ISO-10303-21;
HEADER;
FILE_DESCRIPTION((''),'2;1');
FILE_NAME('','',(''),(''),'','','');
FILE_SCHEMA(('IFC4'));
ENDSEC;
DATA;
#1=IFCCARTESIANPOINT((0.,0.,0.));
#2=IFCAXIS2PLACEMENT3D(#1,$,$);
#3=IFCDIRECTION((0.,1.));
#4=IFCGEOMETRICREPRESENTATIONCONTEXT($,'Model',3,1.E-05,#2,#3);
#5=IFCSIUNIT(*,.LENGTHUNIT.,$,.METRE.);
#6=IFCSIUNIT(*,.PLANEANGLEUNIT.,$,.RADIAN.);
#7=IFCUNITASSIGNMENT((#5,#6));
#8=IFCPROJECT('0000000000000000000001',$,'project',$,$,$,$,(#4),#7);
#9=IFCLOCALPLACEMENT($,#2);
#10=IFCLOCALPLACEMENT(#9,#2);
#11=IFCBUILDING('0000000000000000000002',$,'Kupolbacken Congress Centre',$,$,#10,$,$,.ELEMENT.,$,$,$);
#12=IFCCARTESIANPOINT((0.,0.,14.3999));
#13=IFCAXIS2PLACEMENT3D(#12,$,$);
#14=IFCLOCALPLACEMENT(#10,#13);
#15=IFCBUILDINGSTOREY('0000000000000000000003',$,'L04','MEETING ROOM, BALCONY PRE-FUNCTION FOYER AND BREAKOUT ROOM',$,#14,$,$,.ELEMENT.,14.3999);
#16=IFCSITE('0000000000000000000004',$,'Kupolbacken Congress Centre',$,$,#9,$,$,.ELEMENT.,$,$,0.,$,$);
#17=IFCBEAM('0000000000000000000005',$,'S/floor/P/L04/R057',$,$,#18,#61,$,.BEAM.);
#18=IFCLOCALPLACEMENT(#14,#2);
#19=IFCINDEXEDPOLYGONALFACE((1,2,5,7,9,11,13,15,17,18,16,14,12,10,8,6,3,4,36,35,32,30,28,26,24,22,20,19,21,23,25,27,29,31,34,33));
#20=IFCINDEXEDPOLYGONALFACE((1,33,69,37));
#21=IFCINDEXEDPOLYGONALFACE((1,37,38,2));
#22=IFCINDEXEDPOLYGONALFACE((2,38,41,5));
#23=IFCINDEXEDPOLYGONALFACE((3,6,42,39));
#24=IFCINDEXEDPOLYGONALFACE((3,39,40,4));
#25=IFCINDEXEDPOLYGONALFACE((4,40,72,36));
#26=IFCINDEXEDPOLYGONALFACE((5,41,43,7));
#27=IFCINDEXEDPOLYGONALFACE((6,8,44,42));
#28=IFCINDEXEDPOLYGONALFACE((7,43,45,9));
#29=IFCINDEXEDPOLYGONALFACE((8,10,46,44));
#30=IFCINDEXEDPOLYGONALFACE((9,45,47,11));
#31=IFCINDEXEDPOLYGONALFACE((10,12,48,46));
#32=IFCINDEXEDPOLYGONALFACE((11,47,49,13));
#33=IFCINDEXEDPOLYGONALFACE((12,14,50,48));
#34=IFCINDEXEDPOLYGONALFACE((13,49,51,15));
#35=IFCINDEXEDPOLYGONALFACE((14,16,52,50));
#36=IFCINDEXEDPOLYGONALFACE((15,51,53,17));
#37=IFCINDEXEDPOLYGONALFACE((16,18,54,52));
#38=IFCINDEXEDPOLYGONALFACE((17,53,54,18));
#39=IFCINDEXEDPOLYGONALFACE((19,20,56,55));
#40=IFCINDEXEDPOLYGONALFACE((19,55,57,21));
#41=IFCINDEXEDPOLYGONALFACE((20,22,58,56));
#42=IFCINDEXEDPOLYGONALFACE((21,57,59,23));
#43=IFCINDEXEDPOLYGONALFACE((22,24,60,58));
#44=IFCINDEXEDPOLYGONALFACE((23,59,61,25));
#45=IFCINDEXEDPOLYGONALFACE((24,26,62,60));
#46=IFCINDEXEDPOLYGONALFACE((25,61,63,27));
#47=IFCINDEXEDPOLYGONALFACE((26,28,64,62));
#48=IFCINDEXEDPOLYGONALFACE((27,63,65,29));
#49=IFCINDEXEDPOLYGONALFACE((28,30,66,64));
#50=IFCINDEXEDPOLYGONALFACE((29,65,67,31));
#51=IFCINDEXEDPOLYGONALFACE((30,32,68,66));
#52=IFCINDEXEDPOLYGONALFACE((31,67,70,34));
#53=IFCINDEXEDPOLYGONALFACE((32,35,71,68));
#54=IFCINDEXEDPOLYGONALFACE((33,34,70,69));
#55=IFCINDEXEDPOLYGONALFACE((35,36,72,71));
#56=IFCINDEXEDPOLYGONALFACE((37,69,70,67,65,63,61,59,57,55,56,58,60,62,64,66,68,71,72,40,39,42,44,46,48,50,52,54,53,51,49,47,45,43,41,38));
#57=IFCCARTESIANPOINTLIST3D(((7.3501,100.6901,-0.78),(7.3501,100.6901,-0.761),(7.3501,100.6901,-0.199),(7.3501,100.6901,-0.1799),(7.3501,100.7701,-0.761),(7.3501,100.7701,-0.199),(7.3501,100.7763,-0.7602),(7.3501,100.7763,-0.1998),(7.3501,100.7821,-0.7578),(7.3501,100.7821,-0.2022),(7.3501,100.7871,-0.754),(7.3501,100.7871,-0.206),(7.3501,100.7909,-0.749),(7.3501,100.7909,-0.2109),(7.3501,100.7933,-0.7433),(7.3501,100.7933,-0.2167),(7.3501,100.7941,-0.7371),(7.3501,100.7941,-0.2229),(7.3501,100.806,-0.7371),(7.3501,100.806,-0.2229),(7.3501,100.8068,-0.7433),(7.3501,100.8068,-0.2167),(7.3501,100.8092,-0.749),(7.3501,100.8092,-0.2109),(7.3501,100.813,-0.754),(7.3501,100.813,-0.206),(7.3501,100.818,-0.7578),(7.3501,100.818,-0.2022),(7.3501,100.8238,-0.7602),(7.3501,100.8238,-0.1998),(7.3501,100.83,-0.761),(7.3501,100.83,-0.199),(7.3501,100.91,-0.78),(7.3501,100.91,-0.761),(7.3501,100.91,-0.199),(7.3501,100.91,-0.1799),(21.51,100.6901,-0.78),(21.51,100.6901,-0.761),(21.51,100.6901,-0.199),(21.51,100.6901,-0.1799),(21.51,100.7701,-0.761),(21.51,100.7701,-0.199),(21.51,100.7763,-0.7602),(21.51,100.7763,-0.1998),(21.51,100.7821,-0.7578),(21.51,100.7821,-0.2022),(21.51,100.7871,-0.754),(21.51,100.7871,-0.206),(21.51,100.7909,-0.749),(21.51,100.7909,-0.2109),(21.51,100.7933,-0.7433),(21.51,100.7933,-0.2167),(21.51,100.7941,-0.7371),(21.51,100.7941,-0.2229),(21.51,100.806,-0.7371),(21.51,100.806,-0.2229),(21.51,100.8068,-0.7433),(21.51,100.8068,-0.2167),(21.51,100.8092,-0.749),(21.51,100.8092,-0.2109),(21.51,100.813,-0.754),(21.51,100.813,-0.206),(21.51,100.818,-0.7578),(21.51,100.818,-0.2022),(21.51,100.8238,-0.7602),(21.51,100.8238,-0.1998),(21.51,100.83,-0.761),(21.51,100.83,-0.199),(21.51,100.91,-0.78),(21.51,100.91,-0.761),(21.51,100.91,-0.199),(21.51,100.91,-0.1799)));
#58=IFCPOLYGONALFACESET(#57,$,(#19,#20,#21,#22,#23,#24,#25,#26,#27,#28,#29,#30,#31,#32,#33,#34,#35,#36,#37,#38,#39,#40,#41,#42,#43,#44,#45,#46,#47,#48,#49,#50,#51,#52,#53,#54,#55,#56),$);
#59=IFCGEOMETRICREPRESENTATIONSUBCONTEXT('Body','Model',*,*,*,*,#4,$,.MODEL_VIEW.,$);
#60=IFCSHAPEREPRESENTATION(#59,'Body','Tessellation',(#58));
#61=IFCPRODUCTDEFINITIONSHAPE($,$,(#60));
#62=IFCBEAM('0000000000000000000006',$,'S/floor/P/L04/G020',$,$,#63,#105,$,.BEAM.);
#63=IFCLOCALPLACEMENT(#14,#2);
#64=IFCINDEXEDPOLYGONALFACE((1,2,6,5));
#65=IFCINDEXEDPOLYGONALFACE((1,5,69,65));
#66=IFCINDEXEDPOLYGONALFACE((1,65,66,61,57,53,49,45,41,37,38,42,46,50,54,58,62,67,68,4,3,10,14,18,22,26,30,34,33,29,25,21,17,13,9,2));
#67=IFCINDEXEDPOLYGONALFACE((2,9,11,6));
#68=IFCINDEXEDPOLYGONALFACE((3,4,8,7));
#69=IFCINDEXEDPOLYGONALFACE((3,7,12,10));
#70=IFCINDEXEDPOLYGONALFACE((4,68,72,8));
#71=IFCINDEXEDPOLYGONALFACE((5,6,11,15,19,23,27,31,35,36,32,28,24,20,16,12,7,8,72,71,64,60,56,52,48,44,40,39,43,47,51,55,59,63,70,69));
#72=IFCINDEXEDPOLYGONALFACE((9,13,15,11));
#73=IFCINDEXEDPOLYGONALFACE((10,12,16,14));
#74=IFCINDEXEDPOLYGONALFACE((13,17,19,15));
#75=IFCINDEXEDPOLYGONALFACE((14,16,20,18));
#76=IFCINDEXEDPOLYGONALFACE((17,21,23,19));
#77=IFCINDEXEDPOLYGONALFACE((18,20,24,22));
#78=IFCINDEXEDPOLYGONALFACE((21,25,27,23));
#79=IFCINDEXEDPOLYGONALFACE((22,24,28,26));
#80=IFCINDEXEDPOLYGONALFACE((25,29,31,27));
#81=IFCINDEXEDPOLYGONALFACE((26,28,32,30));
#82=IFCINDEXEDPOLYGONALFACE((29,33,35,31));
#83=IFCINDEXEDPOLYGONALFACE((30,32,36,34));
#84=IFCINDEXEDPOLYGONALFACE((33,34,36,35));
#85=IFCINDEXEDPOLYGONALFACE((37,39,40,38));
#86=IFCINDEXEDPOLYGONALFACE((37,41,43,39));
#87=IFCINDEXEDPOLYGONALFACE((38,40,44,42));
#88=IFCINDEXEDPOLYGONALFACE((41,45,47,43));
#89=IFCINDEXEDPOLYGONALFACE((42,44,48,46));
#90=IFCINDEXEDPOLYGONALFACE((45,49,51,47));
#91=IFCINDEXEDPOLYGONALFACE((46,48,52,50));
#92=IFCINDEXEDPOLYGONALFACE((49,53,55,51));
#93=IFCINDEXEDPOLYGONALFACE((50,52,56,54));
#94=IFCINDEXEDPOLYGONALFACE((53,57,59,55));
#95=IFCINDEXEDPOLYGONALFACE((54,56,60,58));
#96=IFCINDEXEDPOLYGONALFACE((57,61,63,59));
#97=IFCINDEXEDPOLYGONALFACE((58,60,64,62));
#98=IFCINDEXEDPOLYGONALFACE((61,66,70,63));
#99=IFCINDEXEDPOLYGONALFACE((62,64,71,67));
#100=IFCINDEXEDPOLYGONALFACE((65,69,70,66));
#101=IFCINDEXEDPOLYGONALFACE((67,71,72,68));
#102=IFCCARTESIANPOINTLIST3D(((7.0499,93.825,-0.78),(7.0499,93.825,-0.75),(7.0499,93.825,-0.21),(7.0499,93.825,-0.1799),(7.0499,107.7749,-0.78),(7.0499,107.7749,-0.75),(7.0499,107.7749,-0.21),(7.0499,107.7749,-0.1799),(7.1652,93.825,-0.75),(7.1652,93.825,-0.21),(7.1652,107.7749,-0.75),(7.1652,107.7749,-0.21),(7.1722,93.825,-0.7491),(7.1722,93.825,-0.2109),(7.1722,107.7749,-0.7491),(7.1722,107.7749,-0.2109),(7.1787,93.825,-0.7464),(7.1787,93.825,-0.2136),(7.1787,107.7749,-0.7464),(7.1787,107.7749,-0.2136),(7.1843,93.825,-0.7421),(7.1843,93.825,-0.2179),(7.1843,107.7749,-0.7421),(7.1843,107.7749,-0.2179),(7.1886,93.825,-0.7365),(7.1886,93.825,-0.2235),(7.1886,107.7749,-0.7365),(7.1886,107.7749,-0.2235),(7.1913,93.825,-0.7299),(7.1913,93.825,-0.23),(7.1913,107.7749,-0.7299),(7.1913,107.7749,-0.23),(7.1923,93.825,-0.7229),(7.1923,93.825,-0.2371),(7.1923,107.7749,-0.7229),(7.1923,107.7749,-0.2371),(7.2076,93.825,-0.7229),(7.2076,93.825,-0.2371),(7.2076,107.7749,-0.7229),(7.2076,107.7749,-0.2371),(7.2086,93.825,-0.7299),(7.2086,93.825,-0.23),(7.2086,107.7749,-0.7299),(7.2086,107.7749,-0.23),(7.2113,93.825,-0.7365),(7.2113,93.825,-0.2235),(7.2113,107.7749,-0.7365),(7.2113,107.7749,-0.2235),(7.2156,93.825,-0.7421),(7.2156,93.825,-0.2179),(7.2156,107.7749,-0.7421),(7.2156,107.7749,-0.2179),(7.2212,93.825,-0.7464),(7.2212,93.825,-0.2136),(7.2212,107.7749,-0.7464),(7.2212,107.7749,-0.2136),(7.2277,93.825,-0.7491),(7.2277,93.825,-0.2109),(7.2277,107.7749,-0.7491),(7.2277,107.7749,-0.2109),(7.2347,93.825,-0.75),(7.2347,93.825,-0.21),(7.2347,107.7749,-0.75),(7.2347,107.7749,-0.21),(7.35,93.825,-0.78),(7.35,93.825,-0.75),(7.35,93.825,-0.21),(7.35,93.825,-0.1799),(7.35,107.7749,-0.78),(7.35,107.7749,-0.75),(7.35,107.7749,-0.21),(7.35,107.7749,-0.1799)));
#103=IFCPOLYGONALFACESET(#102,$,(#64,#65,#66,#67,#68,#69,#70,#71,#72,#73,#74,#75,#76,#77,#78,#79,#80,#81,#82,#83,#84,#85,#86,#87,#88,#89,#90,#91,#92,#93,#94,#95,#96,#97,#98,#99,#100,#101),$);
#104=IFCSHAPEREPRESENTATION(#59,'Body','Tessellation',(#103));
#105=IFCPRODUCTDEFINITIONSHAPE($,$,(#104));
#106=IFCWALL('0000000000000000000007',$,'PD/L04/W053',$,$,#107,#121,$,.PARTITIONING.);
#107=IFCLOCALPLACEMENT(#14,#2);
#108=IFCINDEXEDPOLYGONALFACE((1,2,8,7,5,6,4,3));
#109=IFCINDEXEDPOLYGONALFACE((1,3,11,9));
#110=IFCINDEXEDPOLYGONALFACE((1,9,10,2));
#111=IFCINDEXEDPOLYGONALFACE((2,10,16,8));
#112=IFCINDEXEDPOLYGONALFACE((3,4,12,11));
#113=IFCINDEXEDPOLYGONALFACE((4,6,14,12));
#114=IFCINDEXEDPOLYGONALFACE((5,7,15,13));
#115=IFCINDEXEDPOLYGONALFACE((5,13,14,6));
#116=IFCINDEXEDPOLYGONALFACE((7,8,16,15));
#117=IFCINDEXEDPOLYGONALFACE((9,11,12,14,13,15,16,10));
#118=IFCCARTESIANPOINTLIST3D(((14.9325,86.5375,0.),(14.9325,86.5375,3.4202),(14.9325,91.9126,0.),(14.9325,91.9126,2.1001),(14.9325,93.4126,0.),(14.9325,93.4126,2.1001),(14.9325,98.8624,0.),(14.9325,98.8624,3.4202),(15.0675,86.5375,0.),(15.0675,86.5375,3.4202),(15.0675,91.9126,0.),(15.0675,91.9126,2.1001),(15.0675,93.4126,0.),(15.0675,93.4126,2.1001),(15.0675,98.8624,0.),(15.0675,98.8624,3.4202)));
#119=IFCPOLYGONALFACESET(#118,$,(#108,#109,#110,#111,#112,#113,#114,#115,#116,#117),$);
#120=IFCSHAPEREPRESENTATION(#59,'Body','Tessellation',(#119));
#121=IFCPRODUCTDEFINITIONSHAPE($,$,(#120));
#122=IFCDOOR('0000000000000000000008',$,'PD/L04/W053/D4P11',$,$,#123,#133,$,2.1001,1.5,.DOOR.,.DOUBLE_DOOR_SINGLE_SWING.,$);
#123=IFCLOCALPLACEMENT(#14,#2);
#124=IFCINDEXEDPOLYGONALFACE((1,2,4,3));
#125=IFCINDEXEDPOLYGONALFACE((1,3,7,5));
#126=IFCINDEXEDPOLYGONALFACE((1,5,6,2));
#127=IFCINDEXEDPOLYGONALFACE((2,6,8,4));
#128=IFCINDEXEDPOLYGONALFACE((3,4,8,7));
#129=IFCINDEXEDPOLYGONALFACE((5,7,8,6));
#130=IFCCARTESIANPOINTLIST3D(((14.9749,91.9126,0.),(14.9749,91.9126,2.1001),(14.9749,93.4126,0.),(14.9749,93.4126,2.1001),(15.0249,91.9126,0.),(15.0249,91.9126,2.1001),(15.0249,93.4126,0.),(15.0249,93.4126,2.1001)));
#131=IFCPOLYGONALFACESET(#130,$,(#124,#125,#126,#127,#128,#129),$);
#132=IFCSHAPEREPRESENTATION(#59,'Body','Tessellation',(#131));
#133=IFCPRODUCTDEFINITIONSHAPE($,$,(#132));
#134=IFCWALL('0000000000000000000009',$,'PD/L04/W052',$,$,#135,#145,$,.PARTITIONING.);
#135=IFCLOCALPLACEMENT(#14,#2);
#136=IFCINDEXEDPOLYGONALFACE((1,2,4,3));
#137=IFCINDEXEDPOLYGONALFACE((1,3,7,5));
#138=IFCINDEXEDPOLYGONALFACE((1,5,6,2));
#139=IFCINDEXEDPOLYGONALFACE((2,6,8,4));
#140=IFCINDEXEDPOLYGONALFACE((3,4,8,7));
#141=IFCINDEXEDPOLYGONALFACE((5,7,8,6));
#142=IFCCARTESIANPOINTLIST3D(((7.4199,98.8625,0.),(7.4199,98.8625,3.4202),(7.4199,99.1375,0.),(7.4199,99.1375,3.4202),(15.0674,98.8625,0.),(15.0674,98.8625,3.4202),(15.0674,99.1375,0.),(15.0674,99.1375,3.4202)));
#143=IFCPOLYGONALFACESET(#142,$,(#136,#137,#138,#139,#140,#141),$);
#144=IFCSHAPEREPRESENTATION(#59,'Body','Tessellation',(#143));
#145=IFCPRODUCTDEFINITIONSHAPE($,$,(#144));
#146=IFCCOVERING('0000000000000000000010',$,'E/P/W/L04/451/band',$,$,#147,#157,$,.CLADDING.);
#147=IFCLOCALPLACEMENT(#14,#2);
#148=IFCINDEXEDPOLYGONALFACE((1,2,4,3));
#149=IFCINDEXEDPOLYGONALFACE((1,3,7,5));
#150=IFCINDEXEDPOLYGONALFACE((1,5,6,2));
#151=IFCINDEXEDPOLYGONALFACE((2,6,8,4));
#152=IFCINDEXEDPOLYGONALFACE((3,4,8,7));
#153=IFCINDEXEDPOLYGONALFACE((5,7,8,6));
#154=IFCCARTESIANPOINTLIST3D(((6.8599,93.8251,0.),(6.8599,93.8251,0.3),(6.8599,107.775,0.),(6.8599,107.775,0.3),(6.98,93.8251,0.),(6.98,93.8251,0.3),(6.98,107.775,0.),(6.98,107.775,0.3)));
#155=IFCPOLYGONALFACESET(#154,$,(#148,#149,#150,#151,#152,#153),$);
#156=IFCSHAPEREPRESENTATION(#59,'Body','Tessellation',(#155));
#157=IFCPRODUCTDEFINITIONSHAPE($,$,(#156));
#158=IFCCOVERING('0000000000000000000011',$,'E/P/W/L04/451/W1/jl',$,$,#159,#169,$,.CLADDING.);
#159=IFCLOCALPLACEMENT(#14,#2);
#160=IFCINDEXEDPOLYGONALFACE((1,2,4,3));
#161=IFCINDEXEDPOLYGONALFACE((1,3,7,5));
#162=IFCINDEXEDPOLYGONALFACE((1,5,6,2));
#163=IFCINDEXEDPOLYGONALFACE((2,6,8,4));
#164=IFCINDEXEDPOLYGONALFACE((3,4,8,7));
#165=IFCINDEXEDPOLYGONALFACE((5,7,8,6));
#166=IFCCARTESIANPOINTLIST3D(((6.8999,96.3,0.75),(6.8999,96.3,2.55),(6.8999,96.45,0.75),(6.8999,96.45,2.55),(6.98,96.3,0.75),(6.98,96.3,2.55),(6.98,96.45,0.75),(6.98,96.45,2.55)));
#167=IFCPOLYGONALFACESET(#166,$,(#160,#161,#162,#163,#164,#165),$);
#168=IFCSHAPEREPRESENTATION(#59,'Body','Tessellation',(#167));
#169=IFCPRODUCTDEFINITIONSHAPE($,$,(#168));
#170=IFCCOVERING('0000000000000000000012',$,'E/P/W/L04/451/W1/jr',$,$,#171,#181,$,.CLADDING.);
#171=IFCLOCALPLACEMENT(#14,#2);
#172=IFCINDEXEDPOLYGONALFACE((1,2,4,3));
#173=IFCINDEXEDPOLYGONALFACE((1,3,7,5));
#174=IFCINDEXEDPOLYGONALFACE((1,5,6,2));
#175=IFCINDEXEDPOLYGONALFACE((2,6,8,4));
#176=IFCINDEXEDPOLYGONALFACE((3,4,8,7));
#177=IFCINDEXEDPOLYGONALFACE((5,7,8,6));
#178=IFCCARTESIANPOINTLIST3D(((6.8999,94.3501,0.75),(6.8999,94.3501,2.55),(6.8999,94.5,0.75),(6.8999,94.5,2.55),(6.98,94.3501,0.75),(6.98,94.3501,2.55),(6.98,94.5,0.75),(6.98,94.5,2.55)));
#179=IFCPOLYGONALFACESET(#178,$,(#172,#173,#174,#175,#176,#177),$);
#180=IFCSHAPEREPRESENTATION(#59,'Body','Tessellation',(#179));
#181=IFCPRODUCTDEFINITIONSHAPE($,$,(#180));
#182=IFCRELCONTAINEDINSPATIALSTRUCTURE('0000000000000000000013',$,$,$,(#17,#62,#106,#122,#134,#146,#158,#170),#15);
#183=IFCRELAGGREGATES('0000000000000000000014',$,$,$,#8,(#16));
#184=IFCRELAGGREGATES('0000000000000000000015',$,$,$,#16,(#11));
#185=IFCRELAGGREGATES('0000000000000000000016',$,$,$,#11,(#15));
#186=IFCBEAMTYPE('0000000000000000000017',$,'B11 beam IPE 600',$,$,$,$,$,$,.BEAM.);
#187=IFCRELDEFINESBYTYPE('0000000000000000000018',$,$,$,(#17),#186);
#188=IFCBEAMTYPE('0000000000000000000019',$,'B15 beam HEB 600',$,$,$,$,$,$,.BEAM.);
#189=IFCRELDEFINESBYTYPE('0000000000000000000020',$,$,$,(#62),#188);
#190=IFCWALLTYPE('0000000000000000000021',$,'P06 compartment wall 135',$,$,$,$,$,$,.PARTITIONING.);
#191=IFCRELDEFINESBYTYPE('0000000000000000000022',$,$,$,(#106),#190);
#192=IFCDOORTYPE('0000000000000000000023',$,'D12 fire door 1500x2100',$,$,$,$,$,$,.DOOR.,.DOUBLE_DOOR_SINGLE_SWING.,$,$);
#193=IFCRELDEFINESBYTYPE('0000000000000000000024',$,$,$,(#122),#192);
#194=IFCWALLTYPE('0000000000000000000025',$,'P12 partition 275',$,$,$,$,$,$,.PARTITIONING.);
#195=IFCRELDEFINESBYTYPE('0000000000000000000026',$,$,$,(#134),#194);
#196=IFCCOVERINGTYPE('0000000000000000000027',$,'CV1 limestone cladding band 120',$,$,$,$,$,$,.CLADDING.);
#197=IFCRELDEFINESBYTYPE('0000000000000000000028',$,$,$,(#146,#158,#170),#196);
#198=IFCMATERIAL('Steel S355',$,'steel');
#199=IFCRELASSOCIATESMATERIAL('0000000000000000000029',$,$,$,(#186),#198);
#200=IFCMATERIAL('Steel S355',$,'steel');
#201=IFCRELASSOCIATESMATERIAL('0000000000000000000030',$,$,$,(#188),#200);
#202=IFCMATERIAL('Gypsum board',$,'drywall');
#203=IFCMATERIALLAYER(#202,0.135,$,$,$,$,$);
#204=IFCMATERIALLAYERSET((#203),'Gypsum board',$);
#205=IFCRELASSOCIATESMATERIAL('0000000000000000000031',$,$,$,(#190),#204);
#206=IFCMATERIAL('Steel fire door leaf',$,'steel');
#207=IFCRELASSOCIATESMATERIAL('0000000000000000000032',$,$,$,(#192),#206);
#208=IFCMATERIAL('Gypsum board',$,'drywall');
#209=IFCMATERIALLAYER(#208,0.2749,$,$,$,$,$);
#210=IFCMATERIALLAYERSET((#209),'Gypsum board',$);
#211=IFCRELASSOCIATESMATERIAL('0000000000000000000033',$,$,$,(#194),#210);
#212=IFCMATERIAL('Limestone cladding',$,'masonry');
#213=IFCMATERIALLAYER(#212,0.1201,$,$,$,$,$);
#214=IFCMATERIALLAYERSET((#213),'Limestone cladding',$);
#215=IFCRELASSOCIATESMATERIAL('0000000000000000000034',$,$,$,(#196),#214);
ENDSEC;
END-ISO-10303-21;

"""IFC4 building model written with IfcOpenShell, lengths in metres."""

from ifc_helpers import new_model, si_unit, direction, frame, frame_2d, origin, origin_2d, place, context, subcontext, project, spatial, rectangle, i_section, extrude, material, layer, layer_set, material_profile, profile_set, type_object, element, fill, save


model = new_model("IFC4")

# Units and contexts
model_context = context("Model", 3, precision=1e-05, world=origin(), true_north=direction((0.0, 1.0)))
body_context = subcontext(model_context, "Body", "Model", "MODEL_VIEW")
ifc_project = project(units=[si_unit("LENGTHUNIT", "METRE"), si_unit("PLANEANGLEUNIT", "RADIAN")], contexts=[model_context])

# Site, building, storey
site_placement = place(None, origin())
site = spatial("IfcSite", under=ifc_project, at=site_placement, Name="Kupolbacken Congress Centre", CompositionType="ELEMENT", RefElevation=0.0)
building_placement = place(site_placement, origin())
building = spatial("IfcBuilding", under=site, at=building_placement, Name="Kupolbacken Congress Centre", CompositionType="ELEMENT")
storey_placement = place(building_placement, frame((0.0, 0.0, 14.3999)))
storey = spatial("IfcBuildingStorey", under=building, at=storey_placement, Name="L04", Description="MEETING ROOM, BALCONY PRE-FUNCTION FOYER AND BREAKOUT ROOM", CompositionType="ELEMENT", Elevation=14.3999)

# Beams
ifc_material_1 = material(Name="Steel S355", Category="steel")
ifc_material_profile_1 = material_profile(ifc_material_1, i_section(OverallWidth=0.22, OverallDepth=0.6001, WebThickness=0.012, FlangeThickness=0.019, FilletRadius=0.0239, at=origin_2d()), Name="IPE 600")
ifc_profile_set_1 = profile_set([ifc_material_profile_1], Name="Steel S355")
beam_type_1 = type_object("IfcBeamType", Name="B11 beam IPE 600", PredefinedType="BEAM", material=ifc_profile_set_1)
beam_1_placement = place(storey_placement, frame((7.3501, 100.8, -0.48), z_axis=(1.0, 0.0, 0.0), x_axis=(0.0, 1.0, 0.0)))
element("IfcBeam", 1, at=beam_1_placement, inside=storey, type_object=beam_type_1, Name="S/floor/P/L04/R057", PredefinedType="BEAM", context=body_context, shape_type="SweptSolid", body=[
    extrude(i_section(OverallWidth=0.22, OverallDepth=0.6001, WebThickness=0.012, FlangeThickness=0.019, FilletRadius=0.0239, at=origin_2d()), origin(), (0.0, 0.0, 1.0), 14.1599),
])
ifc_material_2 = material(Name="Steel S355", Category="steel")
ifc_material_profile_2 = material_profile(ifc_material_2, i_section(OverallWidth=0.3, OverallDepth=0.6001, WebThickness=0.0154, FlangeThickness=0.03, FilletRadius=0.0271, at=origin_2d()), Name="HEB 600")
ifc_profile_set_2 = profile_set([ifc_material_profile_2], Name="Steel S355")
beam_type_2 = type_object("IfcBeamType", Name="B15 beam HEB 600", PredefinedType="BEAM", material=ifc_profile_set_2)
beam_2_placement = place(storey_placement, frame((7.2, 93.825, -0.48), z_axis=(0.0, 1.0, 0.0), x_axis=(-1.0, 0.0, 0.0)))
element("IfcBeam", 2, at=beam_2_placement, inside=storey, type_object=beam_type_2, Name="S/floor/P/L04/G020", PredefinedType="BEAM", context=body_context, shape_type="SweptSolid", body=[
    extrude(i_section(OverallWidth=0.3, OverallDepth=0.6001, WebThickness=0.0154, FlangeThickness=0.03, FilletRadius=0.0271, at=origin_2d()), origin(), (0.0, 0.0, 1.0), 13.95),
])

# Wall, opening, door
ifc_material_3 = material(Name="Gypsum board", Category="drywall")
ifc_layer_1 = layer(ifc_material_3, 0.135)
ifc_layer_set_1 = layer_set([ifc_layer_1], Name="Gypsum board")
wall_type_1 = type_object("IfcWallType", Name="P06 compartment wall 135", PredefinedType="PARTITIONING", material=ifc_layer_set_1)
wall_1_placement = place(storey_placement, frame((15.0, 98.8625, 0.0), z_axis=(0.0, 0.0, 1.0), x_axis=(0.0, -1.0, 0.0)))
wall_1 = element("IfcWall", 3, at=wall_1_placement, inside=storey, type_object=wall_type_1, Name="PD/L04/W053", PredefinedType="PARTITIONING", context=body_context, shape_type="SweptSolid", body=[
    extrude(rectangle(XDim=12.325, YDim=0.135, at=frame_2d((6.1626, 0.0))), origin(), (0.0, 0.0, 1.0), 3.4202),
])
opening_placement = place(wall_1_placement, frame((5.45, 0.0, 0.0)))
opening = element("IfcOpeningElement", 4, at=opening_placement, cuts=wall_1, PredefinedType="OPENING", context=body_context, shape_type="SweptSolid", body=[
    extrude(rectangle(XDim=1.5, YDim=2.1001, at=frame_2d((0.75, 1.05))), frame((0.0, 0.0774, 0.0), z_axis=(0.0, -1.0, 0.0), x_axis=(1.0, 0.0, 0.0)), (0.0, 0.0, 1.0), 0.155),
])
ifc_material_4 = material(Name="Steel fire door leaf", Category="steel")
door_type = type_object("IfcDoorType", Name="D12 fire door 1500x2100", OperationType="DOUBLE_DOOR_SINGLE_SWING", PredefinedType="DOOR", material=ifc_material_4)
door_placement = place(opening_placement, origin())
door = element("IfcDoor", 5, at=door_placement, inside=storey, type_object=door_type, Name="PD/L04/W053/D4P11", OperationType="DOUBLE_DOOR_SINGLE_SWING", OverallHeight=2.1001, OverallWidth=1.5, PredefinedType="DOOR", context=body_context, shape_type="SweptSolid", body=[
    extrude(rectangle(XDim=1.5, YDim=2.1001, at=frame_2d((0.75, 1.05))), frame((0.0, 0.0249, 0.0), z_axis=(0.0, -1.0, 0.0), x_axis=(1.0, 0.0, 0.0)), (0.0, 0.0, 1.0), 0.05),
])
fill(opening, door)

# Wall
ifc_material_5 = material(Name="Gypsum board", Category="drywall")
ifc_layer_2 = layer(ifc_material_5, 0.2749)
ifc_layer_set_2 = layer_set([ifc_layer_2], Name="Gypsum board")
wall_type_2 = type_object("IfcWallType", Name="P12 partition 275", PredefinedType="PARTITIONING", material=ifc_layer_set_2)
wall_2_placement = place(storey_placement, frame((7.4199, 99.0, 0.0), z_axis=(0.0, 0.0, 1.0), x_axis=(1.0, 0.0, 0.0)))
element("IfcWall", 6, at=wall_2_placement, inside=storey, type_object=wall_type_2, Name="PD/L04/W052", PredefinedType="PARTITIONING", context=body_context, shape_type="SweptSolid", body=[
    extrude(rectangle(XDim=7.6475, YDim=0.2749, at=frame_2d((3.8237, 0.0))), origin(), (0.0, 0.0, 1.0), 3.4202),
])

# Coverings
ifc_material_6 = material(Name="Limestone cladding", Category="masonry")
ifc_layer_3 = layer(ifc_material_6, 0.1201)
ifc_layer_set_3 = layer_set([ifc_layer_3], Name="Limestone cladding")
covering_type = type_object("IfcCoveringType", Name="CV1 limestone cladding band 120", PredefinedType="CLADDING", material=ifc_layer_set_3)
covering_1_placement = place(storey_placement, frame((6.9199, 100.8, 0.0), z_axis=(0.0, 0.0, 1.0), x_axis=(0.0, -1.0, 0.0)))
element("IfcCovering", 7, at=covering_1_placement, inside=storey, type_object=covering_type, Name="E/P/W/L04/451/band", PredefinedType="CLADDING", context=body_context, shape_type="SweptSolid", body=[
    extrude(rectangle(XDim=13.95, YDim=0.1201, at=origin_2d()), origin(), (0.0, 0.0, 1.0), 0.3),
])
for number, where, z_axis, x_axis, name in (
    (8, (6.9399, 96.375, 0.75), (0.0, 0.0, 1.0), (0.0, -1.0, 0.0), "E/P/W/L04/451/W1/jl"),
    (9, (6.9399, 94.425, 0.75), (0.0, 0.0, 1.0), (0.0, -1.0, 0.0), "E/P/W/L04/451/W1/jr"),
):
    element("IfcCovering", number, at=place(storey_placement, frame(where, z_axis=z_axis, x_axis=x_axis)), inside=storey, type_object=covering_type, Name=name, PredefinedType="CLADDING", context=body_context, shape_type="SweptSolid", body=[
        extrude(rectangle(XDim=0.1499, YDim=0.0801, at=origin_2d()), origin(), (0.0, 0.0, 1.0), 1.8),
    ])

save(model, "model.ifc")
